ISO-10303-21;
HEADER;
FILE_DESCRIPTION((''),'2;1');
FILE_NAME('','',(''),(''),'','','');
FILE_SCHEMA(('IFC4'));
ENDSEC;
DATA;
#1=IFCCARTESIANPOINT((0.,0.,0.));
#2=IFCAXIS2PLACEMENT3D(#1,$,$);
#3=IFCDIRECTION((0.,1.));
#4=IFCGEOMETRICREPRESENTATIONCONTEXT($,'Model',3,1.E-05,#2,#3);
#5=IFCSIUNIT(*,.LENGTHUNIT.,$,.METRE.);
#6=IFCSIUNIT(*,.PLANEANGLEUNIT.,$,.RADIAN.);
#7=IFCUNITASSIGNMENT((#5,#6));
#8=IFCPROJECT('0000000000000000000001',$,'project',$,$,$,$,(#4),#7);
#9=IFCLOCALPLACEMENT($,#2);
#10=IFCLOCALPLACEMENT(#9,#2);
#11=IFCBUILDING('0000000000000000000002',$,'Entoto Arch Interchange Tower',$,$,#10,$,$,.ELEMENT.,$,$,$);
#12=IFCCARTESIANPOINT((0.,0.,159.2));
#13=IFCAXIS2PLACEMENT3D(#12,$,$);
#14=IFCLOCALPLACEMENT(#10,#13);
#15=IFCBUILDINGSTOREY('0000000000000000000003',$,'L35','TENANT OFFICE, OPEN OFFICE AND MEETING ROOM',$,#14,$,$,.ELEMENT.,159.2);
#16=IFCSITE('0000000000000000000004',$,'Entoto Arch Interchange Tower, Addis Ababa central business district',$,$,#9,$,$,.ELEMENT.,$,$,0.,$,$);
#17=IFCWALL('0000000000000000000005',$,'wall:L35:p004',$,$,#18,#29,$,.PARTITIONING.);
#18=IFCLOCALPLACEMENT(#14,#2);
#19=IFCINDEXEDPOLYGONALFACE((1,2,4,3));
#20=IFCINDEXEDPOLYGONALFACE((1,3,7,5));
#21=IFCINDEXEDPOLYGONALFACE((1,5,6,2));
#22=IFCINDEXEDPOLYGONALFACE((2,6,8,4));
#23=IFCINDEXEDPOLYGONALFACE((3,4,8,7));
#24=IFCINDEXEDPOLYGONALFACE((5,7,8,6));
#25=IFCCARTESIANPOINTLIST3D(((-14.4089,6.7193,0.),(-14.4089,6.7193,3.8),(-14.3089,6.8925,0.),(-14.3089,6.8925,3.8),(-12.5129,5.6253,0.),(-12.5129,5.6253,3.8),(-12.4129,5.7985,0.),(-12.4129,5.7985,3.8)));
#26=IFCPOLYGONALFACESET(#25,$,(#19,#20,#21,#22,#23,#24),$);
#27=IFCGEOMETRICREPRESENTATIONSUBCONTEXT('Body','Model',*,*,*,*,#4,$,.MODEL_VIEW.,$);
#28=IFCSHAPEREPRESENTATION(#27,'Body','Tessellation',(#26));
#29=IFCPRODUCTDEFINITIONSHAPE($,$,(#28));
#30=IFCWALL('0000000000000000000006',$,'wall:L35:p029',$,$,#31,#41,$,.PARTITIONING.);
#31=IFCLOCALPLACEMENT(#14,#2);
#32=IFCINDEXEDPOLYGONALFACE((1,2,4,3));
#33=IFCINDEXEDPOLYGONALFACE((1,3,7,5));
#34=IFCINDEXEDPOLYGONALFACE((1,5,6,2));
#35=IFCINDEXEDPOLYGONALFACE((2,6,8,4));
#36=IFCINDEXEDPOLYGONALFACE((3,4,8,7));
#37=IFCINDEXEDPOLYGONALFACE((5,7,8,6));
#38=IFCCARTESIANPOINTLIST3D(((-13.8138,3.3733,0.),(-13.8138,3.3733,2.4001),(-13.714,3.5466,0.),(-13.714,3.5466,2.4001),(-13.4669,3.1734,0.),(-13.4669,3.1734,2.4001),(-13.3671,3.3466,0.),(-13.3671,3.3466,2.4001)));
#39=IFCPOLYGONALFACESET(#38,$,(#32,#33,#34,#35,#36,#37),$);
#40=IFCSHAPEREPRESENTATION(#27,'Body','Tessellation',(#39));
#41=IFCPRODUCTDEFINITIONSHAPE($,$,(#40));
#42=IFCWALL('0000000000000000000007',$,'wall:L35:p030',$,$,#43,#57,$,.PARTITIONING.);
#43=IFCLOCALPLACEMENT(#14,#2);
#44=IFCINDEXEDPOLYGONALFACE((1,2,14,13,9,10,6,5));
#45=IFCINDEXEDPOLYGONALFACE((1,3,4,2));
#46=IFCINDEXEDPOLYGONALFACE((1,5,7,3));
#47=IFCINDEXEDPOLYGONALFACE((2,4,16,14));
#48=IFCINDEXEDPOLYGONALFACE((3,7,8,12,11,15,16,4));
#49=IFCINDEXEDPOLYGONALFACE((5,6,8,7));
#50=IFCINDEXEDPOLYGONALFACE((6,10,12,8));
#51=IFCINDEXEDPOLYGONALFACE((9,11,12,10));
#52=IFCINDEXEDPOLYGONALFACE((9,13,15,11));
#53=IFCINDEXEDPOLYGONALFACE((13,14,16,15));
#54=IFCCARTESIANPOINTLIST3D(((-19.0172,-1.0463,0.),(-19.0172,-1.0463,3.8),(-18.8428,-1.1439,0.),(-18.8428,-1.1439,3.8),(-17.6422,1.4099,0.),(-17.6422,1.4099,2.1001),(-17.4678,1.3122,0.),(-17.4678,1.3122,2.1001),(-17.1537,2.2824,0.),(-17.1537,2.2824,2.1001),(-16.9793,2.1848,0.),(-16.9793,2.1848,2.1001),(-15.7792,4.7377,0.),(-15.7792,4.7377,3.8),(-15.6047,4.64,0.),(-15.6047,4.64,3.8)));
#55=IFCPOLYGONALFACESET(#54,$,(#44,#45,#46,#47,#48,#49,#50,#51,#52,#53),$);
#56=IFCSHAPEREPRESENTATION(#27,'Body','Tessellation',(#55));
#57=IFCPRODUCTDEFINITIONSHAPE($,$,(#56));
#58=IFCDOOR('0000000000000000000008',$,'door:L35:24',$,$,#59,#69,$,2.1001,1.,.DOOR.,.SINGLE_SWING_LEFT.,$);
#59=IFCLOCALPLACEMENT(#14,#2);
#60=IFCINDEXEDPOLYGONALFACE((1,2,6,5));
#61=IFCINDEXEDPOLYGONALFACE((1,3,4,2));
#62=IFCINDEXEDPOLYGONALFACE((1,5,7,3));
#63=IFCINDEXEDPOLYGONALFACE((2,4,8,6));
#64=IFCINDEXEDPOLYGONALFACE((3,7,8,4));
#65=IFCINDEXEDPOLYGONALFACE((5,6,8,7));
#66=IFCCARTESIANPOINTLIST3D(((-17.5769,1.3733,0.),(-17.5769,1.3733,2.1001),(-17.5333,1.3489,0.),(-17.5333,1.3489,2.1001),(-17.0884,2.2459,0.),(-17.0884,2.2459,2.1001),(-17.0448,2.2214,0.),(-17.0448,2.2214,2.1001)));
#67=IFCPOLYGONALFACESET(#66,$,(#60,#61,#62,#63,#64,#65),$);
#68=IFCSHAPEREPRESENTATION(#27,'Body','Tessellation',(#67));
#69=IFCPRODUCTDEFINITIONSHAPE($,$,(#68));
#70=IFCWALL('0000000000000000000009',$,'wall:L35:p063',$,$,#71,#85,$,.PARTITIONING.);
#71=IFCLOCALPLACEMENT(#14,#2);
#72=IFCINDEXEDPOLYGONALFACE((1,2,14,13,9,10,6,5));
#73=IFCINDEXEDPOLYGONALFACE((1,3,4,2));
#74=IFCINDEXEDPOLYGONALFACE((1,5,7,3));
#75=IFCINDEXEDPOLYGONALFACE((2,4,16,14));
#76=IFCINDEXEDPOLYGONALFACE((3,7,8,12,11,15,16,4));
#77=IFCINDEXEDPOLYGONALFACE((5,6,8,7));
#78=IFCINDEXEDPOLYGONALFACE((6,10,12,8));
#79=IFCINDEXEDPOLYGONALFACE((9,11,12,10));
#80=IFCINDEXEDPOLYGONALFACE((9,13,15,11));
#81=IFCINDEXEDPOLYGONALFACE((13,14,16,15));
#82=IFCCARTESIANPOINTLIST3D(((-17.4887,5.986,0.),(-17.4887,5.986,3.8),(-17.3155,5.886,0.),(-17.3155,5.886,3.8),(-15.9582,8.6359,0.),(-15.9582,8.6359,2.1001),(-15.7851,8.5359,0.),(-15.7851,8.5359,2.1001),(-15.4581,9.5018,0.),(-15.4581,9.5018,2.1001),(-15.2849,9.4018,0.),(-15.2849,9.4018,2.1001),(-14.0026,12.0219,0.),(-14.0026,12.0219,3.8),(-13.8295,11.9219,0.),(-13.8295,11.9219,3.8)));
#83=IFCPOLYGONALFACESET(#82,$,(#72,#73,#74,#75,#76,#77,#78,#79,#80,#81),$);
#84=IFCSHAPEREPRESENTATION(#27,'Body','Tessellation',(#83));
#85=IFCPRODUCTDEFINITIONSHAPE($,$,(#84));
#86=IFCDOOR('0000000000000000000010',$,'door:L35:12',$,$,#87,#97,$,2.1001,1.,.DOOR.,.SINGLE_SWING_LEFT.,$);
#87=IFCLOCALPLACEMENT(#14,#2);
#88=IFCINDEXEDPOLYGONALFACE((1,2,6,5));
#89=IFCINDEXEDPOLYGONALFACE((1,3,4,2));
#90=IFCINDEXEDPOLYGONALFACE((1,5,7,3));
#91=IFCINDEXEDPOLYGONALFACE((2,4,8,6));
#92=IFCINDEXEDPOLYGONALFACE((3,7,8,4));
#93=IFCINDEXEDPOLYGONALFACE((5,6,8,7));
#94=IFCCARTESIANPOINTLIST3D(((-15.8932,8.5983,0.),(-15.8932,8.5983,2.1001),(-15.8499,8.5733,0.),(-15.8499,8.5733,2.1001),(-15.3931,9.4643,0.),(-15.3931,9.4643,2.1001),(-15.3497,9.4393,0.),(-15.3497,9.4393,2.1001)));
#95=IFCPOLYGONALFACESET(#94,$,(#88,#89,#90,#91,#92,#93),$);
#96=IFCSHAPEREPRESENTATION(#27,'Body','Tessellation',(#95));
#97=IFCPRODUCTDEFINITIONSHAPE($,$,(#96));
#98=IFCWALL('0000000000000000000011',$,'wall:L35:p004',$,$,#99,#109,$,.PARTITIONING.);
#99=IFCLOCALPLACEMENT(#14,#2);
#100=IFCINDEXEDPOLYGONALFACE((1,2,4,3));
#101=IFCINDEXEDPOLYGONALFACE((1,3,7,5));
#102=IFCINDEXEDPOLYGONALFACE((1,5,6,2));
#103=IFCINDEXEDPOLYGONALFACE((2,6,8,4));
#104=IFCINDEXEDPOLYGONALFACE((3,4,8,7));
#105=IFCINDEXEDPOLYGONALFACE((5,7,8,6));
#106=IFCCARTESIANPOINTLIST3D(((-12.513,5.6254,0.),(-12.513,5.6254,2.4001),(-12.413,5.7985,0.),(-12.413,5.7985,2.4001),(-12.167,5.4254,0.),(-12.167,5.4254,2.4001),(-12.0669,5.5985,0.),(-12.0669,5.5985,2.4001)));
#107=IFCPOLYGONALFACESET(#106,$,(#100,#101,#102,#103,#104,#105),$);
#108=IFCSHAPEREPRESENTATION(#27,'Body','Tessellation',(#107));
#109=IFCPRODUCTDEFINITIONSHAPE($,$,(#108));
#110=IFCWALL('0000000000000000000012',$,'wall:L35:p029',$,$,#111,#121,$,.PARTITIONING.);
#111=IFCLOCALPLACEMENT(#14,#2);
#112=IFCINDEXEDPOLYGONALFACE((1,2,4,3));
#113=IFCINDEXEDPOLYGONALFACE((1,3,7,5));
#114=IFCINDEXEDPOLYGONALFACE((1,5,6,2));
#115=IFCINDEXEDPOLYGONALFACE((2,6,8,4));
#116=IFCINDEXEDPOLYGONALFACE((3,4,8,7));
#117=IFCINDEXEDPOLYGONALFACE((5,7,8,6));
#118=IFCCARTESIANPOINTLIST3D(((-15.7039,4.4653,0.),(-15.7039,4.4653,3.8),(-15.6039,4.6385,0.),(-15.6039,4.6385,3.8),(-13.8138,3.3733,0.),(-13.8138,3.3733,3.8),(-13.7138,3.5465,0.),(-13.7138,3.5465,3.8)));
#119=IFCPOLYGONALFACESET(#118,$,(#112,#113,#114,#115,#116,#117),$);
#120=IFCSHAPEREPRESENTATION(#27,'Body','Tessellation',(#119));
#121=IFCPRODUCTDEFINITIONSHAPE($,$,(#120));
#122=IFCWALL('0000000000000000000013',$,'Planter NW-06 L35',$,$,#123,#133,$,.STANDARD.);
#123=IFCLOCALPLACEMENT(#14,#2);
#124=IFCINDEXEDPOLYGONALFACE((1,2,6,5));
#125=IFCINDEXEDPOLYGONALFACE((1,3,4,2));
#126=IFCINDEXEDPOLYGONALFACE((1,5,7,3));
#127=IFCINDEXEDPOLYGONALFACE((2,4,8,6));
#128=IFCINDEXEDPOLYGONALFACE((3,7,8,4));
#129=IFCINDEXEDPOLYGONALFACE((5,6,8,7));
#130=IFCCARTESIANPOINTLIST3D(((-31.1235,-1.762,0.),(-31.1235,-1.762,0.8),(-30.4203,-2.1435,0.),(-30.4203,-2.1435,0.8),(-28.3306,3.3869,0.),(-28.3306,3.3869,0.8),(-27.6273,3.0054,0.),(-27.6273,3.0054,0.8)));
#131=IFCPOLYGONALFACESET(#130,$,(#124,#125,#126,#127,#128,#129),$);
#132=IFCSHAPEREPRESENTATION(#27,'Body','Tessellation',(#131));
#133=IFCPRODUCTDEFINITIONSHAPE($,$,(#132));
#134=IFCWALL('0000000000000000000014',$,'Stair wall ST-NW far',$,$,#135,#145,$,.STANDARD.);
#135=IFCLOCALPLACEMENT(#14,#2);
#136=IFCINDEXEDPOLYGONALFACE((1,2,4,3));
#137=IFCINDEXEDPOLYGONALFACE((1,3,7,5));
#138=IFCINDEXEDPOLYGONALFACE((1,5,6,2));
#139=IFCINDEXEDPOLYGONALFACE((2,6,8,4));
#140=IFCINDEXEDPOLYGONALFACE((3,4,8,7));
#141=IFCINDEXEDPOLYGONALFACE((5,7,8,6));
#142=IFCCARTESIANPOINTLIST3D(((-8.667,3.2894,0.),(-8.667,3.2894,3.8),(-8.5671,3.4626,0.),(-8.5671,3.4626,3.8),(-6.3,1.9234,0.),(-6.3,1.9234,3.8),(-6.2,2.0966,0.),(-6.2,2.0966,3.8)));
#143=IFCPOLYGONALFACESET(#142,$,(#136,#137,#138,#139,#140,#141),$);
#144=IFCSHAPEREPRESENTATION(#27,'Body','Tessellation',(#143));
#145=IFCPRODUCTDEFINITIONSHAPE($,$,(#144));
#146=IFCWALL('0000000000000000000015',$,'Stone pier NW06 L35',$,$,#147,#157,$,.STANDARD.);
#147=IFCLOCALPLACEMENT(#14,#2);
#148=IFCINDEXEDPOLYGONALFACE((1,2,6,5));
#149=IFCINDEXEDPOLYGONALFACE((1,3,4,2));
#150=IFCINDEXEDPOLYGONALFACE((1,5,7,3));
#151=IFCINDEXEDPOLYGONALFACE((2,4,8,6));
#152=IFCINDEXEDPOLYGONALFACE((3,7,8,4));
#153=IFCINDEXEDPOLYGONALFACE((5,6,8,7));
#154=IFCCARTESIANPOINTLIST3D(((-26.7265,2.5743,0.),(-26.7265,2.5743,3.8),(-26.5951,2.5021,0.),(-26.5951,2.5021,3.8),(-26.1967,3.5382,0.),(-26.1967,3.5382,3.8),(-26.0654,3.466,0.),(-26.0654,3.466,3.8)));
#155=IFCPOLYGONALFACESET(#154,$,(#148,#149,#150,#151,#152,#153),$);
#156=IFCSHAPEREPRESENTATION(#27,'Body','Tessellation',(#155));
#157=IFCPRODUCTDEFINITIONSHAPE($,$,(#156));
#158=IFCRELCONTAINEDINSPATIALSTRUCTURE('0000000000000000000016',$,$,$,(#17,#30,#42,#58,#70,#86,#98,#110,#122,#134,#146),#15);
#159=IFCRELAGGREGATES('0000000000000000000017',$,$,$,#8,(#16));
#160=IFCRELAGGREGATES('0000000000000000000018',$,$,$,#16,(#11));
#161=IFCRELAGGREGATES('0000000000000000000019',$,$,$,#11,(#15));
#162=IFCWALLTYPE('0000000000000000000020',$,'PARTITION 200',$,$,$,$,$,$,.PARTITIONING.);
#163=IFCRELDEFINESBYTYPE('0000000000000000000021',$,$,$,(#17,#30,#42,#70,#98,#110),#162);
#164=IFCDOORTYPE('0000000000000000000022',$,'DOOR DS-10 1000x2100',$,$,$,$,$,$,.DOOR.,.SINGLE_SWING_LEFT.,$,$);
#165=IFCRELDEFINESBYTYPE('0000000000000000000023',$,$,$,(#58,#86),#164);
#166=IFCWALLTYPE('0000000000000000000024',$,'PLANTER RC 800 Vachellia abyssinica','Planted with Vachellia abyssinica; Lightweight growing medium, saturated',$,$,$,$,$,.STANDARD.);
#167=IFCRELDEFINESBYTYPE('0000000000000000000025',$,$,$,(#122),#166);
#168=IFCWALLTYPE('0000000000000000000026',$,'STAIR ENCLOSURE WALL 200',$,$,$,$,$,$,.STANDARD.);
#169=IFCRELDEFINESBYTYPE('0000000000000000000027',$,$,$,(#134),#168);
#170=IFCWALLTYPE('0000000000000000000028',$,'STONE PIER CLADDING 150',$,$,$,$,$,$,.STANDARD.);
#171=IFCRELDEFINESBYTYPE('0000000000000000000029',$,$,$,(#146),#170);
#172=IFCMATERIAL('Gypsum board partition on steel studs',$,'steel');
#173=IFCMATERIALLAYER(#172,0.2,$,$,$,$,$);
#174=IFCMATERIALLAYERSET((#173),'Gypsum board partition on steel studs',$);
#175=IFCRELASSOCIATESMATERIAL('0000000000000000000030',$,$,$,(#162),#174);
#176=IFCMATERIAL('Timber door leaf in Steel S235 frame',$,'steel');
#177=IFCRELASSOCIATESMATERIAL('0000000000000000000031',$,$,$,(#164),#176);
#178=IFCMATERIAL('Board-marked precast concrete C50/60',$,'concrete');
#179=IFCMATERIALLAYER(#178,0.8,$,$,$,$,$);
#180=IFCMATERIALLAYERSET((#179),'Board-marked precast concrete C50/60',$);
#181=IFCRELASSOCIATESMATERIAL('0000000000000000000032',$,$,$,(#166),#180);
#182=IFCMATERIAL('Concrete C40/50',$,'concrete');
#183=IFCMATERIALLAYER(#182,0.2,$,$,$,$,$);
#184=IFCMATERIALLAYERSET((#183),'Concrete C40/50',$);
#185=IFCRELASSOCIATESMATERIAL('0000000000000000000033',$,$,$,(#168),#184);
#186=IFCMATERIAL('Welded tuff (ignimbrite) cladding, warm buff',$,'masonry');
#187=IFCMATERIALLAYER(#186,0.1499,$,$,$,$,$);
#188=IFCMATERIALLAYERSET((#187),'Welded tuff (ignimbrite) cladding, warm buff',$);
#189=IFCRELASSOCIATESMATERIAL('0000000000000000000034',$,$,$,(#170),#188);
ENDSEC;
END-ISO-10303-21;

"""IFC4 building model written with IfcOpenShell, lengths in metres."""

from ifc_helpers import new_model, si_unit, direction, frame, frame_2d, origin, place, context, subcontext, project, spatial, rectangle, extrude, material, layer, layer_set, type_object, element, fill, save


model = new_model("IFC4")

# Units and contexts
model_context = context("Model", 3, precision=1e-05, world=origin(), true_north=direction((0.0, 1.0)))
body_context = subcontext(model_context, "Body", "Model", "MODEL_VIEW")
ifc_project = project(units=[si_unit("LENGTHUNIT", "METRE"), si_unit("PLANEANGLEUNIT", "RADIAN")], contexts=[model_context])

# Site, building, storey
site_placement = place(None, origin())
site = spatial("IfcSite", under=ifc_project, at=site_placement, Name="Entoto Arch Interchange Tower, Addis Ababa central business district", CompositionType="ELEMENT", RefElevation=0.0)
building_placement = place(site_placement, origin())
building = spatial("IfcBuilding", under=site, at=building_placement, Name="Entoto Arch Interchange Tower", CompositionType="ELEMENT")
storey_placement = place(building_placement, frame((0.0, 0.0, 159.2)))
storey = spatial("IfcBuildingStorey", under=building, at=storey_placement, Name="L35", Description="TENANT OFFICE, OPEN OFFICE AND MEETING ROOM", CompositionType="ELEMENT", Elevation=159.2)

# Shared definitions
ifc_material_1 = material(Name="Concrete C40/50", Category="concrete")

# Walls
ifc_material_2 = material(Name="Gypsum board partition on steel studs", Category="steel")
ifc_layer_1 = layer(ifc_material_2, 0.2)
ifc_layer_set_1 = layer_set([ifc_layer_1], Name="Gypsum board partition on steel studs")
wall_type_1 = type_object("IfcWallType", Name="PARTITION 200", PredefinedType="PARTITIONING", material=ifc_layer_set_1)
wall_1_placement = place(storey_placement, frame((-14.3589, 6.8059, 0.0), z_axis=(0.0, 0.0, 1.0), x_axis=(0.866156, -0.499774, 0.0)))
element("IfcWall", 1, at=wall_1_placement, inside=storey, type_object=wall_type_1, Name="wall:L35:p004", PredefinedType="PARTITIONING", context=body_context, shape_type="SweptSolid", body=[
    extrude(rectangle(XDim=2.189, YDim=0.2, at=frame_2d((1.0945, 0.0))), origin(), (0.0, 0.0, 1.0), 3.8),
])
wall_2_placement = place(storey_placement, frame((-13.417, 3.26, 0.0), z_axis=(0.0, 0.0, 1.0), x_axis=(-0.866399, 0.499353, 0.0)))
element("IfcWall", 2, at=wall_2_placement, inside=storey, type_object=wall_type_1, Name="wall:L35:p029", PredefinedType="PARTITIONING", context=body_context, shape_type="SweptSolid", body=[
    extrude(rectangle(XDim=0.4004, YDim=0.2, at=frame_2d((0.2002, 0.0))), origin(), (0.0, 0.0, 1.0), 2.4001),
])

# Walls, openings, doors
wall_3_placement = place(storey_placement, frame((-15.6919, 4.689, 0.0), z_axis=(0.0, 0.0, 1.0), x_axis=(-0.488492, -0.872568, 0.0)))
wall_3 = element("IfcWall", 3, at=wall_3_placement, inside=storey, type_object=wall_type_1, Name="wall:L35:p030", PredefinedType="PARTITIONING", context=body_context, shape_type="SweptSolid", body=[
    extrude(rectangle(XDim=6.6287, YDim=0.2, at=frame_2d((3.3145, 0.0))), origin(), (0.0, 0.0, 1.0), 3.8),
])
opening_1_placement = place(wall_3_placement, frame((2.814, 0.0, 0.0)))
opening_1 = element("IfcOpeningElement", 4, at=opening_1_placement, cuts=wall_3, PredefinedType="OPENING", context=body_context, shape_type="SweptSolid", body=[
    extrude(rectangle(XDim=1.0, YDim=2.1001, at=frame_2d((0.5, 1.05))), frame((0.0, 0.1099, 0.0), z_axis=(0.0, -1.0, 0.0), x_axis=(1.0, 0.0, 0.0)), (0.0, 0.0, 1.0), 0.22),
])
ifc_material_3 = material(Name="Timber door leaf in Steel S235 frame", Category="steel")
door_type_1 = type_object("IfcDoorType", Name="DOOR DS-10 1000x2100", OperationType="SINGLE_SWING_LEFT", PredefinedType="DOOR", material=ifc_material_3)
door_1_placement = place(opening_1_placement, origin())
door_1 = element("IfcDoor", 5, at=door_1_placement, inside=storey, type_object=door_type_1, Name="door:L35:24", OperationType="SINGLE_SWING_LEFT", OverallHeight=2.1001, OverallWidth=1.0, PredefinedType="DOOR", context=body_context, shape_type="SweptSolid", body=[
    extrude(rectangle(XDim=1.0, YDim=2.1001, at=frame_2d((0.5, 1.05))), frame((0.0, 0.0249, 0.0), z_axis=(0.0, -1.0, 0.0), x_axis=(1.0, 0.0, 0.0)), (0.0, 0.0, 1.0), 0.05),
])
fill(opening_1, door_1)
wall_4_placement = place(storey_placement, frame((-17.4021, 5.936, 0.0), z_axis=(0.0, 0.0, 1.0), x_axis=(0.500136, 0.865947, 0.0)))
wall_4 = element("IfcWall", 6, at=wall_4_placement, inside=storey, type_object=wall_type_1, Name="wall:L35:p063", PredefinedType="PARTITIONING", context=body_context, shape_type="SweptSolid", body=[
    extrude(rectangle(XDim=6.9702, YDim=0.2, at=frame_2d((3.4851, 0.0))), origin(), (0.0, 0.0, 1.0), 3.8),
])
opening_2_placement = place(wall_4_placement, frame((3.0601, 0.0, 0.0)))
opening_2 = element("IfcOpeningElement", 7, at=opening_2_placement, cuts=wall_4, PredefinedType="OPENING", context=body_context, shape_type="SweptSolid", body=[
    extrude(rectangle(XDim=1.0, YDim=2.1001, at=frame_2d((0.5, 1.05))), frame((0.0, 0.1099, 0.0), z_axis=(0.0, -1.0, 0.0), x_axis=(1.0, 0.0, 0.0)), (0.0, 0.0, 1.0), 0.22),
])
door_2_placement = place(opening_2_placement, origin())
door_2 = element("IfcDoor", 8, at=door_2_placement, inside=storey, type_object=door_type_1, Name="door:L35:12", OperationType="SINGLE_SWING_LEFT", OverallHeight=2.1001, OverallWidth=1.0, PredefinedType="DOOR", context=body_context, shape_type="SweptSolid", body=[
    extrude(rectangle(XDim=1.0, YDim=2.1001, at=frame_2d((0.5, 1.05))), frame((0.0, 0.0249, 0.0), z_axis=(0.0, -1.0, 0.0), x_axis=(1.0, 0.0, 0.0)), (0.0, 0.0, 1.0), 0.05),
])
fill(opening_2, door_2)

# Walls
wall_5_placement = place(storey_placement, frame((-12.4629, 5.7119, 0.0), z_axis=(0.0, 0.0, 1.0), x_axis=(0.865789, -0.50041, 0.0)))
element("IfcWall", 9, at=wall_5_placement, inside=storey, type_object=wall_type_1, Name="wall:L35:p004", PredefinedType="PARTITIONING", context=body_context, shape_type="SweptSolid", body=[
    extrude(rectangle(XDim=0.3997, YDim=0.2, at=frame_2d((0.1997, 0.0))), origin(), (0.0, 0.0, 1.0), 2.4001),
])
wall_6_placement = place(storey_placement, frame((-13.7639, 3.46, 0.0), z_axis=(0.0, 0.0, 1.0), x_axis=(-0.865873, 0.500265, 0.0)))
element("IfcWall", 10, at=wall_6_placement, inside=storey, type_object=wall_type_1, Name="wall:L35:p029", PredefinedType="PARTITIONING", context=body_context, shape_type="SweptSolid", body=[
    extrude(rectangle(XDim=2.1829, YDim=0.2, at=frame_2d((1.0913, 0.0))), origin(), (0.0, 0.0, 1.0), 3.8),
])
ifc_material_4 = material(Name="Board-marked precast concrete C50/60", Category="concrete")
ifc_layer_2 = layer(ifc_material_4, 0.8)
ifc_layer_set_2 = layer_set([ifc_layer_2], Name="Board-marked precast concrete C50/60")
wall_type_2 = type_object("IfcWallType", Name="PLANTER RC 800 Vachellia abyssinica", Description="Planted with Vachellia abyssinica; Lightweight growing medium, saturated", PredefinedType="STANDARD", material=ifc_layer_set_2)
wall_7_placement = place(storey_placement, frame((-27.979, 3.196, 0.0), z_axis=(0.0, 0.0, 1.0), x_axis=(-0.476807, -0.879008, 0.0)))
element("IfcWall", 11, at=wall_7_placement, inside=storey, type_object=wall_type_2, Name="Planter NW-06 L35", PredefinedType="STANDARD", context=body_context, shape_type="SweptSolid", body=[
    extrude(rectangle(XDim=5.8577, YDim=0.8, at=frame_2d((2.9287, 0.0))), origin(), (0.0, 0.0, 1.0), 0.8),
])
ifc_layer_3 = layer(ifc_material_1, 0.2)
ifc_layer_set_3 = layer_set([ifc_layer_3], Name="Concrete C40/50")
wall_type_3 = type_object("IfcWallType", Name="STAIR ENCLOSURE WALL 200", PredefinedType="STANDARD", material=ifc_layer_set_3)
wall_8_placement = place(storey_placement, frame((-6.25, 2.01, 0.0), z_axis=(0.0, 0.0, 1.0), x_axis=(-0.866119, 0.499838, 0.0)))
element("IfcWall", 12, at=wall_8_placement, inside=storey, type_object=wall_type_3, Name="Stair wall ST-NW far", PredefinedType="STANDARD", context=body_context, shape_type="SweptSolid", body=[
    extrude(rectangle(XDim=2.7329, YDim=0.2, at=frame_2d((1.3665, 0.0))), origin(), (0.0, 0.0, 1.0), 3.8),
])

# Shared definitions
ifc_material_5 = material(Name="Welded tuff (ignimbrite) cladding, warm buff", Category="masonry")

# Wall
ifc_layer_4 = layer(ifc_material_5, 0.1499)
ifc_layer_set_4 = layer_set([ifc_layer_4], Name="Welded tuff (ignimbrite) cladding, warm buff")
wall_type_4 = type_object("IfcWallType", Name="STONE PIER CLADDING 150", PredefinedType="STANDARD", material=ifc_layer_set_4)
wall_9_placement = place(storey_placement, frame((-26.1311, 3.502, 0.0), z_axis=(0.0, 0.0, 1.0), x_axis=(-0.48168, -0.876347, 0.0)))
element("IfcWall", 13, at=wall_9_placement, inside=storey, type_object=wall_type_4, Name="Stone pier NW06 L35", PredefinedType="STANDARD", context=body_context, shape_type="SweptSolid", body=[
    extrude(rectangle(XDim=1.0999, YDim=0.1499, at=frame_2d((0.5498, 0.0))), origin(), (0.0, 0.0, 1.0), 3.8),
])

save(model, "model.ifc")
